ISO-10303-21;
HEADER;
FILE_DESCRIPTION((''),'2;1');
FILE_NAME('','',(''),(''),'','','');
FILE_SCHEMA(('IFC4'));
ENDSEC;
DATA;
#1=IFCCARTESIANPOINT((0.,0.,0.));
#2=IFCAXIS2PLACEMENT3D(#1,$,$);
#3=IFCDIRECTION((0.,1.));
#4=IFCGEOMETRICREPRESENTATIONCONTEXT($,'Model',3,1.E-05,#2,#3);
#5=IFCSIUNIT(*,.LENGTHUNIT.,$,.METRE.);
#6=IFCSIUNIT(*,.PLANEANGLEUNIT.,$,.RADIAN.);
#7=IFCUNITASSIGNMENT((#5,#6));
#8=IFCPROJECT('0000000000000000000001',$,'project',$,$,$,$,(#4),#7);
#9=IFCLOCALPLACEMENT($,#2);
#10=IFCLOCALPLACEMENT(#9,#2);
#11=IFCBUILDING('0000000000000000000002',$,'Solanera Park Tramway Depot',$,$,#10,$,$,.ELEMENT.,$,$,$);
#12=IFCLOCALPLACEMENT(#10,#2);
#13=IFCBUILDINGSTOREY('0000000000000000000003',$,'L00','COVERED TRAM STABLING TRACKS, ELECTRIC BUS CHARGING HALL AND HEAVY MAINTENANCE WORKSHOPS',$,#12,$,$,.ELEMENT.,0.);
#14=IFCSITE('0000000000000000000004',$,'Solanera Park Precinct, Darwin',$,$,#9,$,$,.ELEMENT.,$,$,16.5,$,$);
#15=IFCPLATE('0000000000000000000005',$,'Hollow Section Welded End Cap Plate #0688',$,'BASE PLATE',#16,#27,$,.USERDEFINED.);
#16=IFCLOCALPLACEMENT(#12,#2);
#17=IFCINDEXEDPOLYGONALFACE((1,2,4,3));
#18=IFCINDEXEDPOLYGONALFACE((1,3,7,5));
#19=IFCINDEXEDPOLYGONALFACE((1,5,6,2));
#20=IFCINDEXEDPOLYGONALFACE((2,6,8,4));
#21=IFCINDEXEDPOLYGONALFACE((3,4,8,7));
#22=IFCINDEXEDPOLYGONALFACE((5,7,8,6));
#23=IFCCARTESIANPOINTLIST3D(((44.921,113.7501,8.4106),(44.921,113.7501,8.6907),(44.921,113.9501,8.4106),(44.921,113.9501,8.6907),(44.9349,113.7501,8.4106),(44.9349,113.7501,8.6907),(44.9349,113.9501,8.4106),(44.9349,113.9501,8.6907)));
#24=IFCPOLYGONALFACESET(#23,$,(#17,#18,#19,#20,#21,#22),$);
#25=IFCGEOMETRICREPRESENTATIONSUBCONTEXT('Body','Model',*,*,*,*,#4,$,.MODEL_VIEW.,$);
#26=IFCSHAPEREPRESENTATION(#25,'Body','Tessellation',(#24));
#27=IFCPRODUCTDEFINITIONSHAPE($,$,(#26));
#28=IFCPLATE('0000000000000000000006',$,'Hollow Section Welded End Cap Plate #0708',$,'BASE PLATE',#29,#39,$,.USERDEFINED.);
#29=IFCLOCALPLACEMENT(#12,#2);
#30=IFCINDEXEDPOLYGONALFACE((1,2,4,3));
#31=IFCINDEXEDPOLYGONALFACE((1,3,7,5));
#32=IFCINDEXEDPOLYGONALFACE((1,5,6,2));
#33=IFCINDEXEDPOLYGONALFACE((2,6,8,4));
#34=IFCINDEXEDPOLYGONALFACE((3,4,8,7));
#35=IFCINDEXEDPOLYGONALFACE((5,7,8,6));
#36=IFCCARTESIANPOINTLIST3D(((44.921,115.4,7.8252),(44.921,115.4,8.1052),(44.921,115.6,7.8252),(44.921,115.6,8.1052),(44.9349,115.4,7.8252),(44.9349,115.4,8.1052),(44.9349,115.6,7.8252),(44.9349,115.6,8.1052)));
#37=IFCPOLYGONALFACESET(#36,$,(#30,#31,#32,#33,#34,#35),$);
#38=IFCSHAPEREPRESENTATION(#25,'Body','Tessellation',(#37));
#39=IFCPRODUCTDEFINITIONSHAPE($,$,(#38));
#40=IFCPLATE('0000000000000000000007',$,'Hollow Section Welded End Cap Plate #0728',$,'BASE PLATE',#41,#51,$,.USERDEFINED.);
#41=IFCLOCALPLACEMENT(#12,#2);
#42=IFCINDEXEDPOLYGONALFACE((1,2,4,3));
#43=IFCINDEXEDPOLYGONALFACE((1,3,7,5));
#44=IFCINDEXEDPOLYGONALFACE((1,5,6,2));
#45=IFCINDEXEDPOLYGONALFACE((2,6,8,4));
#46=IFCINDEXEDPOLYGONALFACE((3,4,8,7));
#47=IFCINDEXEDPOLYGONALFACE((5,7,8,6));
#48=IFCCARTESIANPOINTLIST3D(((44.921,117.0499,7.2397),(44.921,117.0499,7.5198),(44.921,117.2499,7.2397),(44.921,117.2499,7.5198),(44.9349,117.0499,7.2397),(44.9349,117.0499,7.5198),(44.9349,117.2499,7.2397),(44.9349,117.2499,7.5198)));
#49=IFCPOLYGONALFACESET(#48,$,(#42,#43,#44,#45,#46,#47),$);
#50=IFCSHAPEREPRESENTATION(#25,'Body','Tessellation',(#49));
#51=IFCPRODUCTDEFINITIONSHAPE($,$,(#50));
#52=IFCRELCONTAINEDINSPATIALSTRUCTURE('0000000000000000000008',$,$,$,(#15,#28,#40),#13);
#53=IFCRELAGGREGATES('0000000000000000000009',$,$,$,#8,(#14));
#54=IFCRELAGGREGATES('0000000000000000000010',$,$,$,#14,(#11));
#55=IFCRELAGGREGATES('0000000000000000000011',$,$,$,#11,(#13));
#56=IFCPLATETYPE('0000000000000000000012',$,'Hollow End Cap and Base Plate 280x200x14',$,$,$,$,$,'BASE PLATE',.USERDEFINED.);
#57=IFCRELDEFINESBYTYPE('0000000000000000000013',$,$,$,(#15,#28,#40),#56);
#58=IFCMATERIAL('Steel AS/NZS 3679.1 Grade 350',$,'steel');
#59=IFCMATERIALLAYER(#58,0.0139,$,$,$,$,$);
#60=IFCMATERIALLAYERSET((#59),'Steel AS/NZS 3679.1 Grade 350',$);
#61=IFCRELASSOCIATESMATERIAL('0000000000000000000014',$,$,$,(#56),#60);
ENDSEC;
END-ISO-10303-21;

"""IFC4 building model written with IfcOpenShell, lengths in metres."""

from ifc_helpers import new_model, si_unit, direction, frame, origin, origin_2d, place, context, subcontext, project, spatial, rectangle, extrude, material, layer, layer_set, type_object, element, save


model = new_model("IFC4")

# Units and contexts
model_context = context("Model", 3, precision=1e-05, world=origin(), true_north=direction((0.0, 1.0)))
body_context = subcontext(model_context, "Body", "Model", "MODEL_VIEW")
ifc_project = project(units=[si_unit("LENGTHUNIT", "METRE"), si_unit("PLANEANGLEUNIT", "RADIAN")], contexts=[model_context])

# Site, building, storey
site_placement = place(None, origin())
site = spatial("IfcSite", under=ifc_project, at=site_placement, Name="Solanera Park Precinct, Darwin", CompositionType="ELEMENT", RefElevation=16.5)
building_placement = place(site_placement, origin())
building = spatial("IfcBuilding", under=site, at=building_placement, Name="Solanera Park Tramway Depot", CompositionType="ELEMENT")
storey_placement = place(building_placement, origin())
storey = spatial("IfcBuildingStorey", under=building, at=storey_placement, Name="L00", Description="COVERED TRAM STABLING TRACKS, ELECTRIC BUS CHARGING HALL AND HEAVY MAINTENANCE WORKSHOPS", CompositionType="ELEMENT", Elevation=0.0)

# Plates
ifc_material_1 = material(Name="Steel AS/NZS 3679.1 Grade 350", Category="steel")
ifc_layer_1 = layer(ifc_material_1, 0.0139)
ifc_layer_set_1 = layer_set([ifc_layer_1], Name="Steel AS/NZS 3679.1 Grade 350")
plate_type_1 = type_object("IfcPlateType", Name="Hollow End Cap and Base Plate 280x200x14", ElementType="BASE PLATE", PredefinedType="USERDEFINED", material=ifc_layer_set_1)
for number, where, z_axis, x_axis, name in (
    (1, (44.928, 113.8501, 8.4106), (0.0, 0.0, 1.0), (1.0, 0.0, 0.0), "Hollow Section Welded End Cap Plate #0688"),
    (2, (44.928, 115.5, 7.8252), (0.0, 0.0, 1.0), (1.0, 0.0, 0.0), "Hollow Section Welded End Cap Plate #0708"),
    (3, (44.928, 117.1499, 7.2397), (0.0, 0.0, 1.0), (1.0, 0.0, 0.0), "Hollow Section Welded End Cap Plate #0728"),
):
    element("IfcPlate", number, at=place(storey_placement, frame(where, z_axis=z_axis, x_axis=x_axis)), inside=storey, type_object=plate_type_1, Name=name, ObjectType="BASE PLATE", PredefinedType="USERDEFINED", context=body_context, shape_type="SweptSolid", body=[
        extrude(rectangle(XDim=0.0139, YDim=0.2, at=origin_2d()), origin(), (0.0, 0.0, 1.0), 0.28),
    ])

save(model, "model.ifc")
